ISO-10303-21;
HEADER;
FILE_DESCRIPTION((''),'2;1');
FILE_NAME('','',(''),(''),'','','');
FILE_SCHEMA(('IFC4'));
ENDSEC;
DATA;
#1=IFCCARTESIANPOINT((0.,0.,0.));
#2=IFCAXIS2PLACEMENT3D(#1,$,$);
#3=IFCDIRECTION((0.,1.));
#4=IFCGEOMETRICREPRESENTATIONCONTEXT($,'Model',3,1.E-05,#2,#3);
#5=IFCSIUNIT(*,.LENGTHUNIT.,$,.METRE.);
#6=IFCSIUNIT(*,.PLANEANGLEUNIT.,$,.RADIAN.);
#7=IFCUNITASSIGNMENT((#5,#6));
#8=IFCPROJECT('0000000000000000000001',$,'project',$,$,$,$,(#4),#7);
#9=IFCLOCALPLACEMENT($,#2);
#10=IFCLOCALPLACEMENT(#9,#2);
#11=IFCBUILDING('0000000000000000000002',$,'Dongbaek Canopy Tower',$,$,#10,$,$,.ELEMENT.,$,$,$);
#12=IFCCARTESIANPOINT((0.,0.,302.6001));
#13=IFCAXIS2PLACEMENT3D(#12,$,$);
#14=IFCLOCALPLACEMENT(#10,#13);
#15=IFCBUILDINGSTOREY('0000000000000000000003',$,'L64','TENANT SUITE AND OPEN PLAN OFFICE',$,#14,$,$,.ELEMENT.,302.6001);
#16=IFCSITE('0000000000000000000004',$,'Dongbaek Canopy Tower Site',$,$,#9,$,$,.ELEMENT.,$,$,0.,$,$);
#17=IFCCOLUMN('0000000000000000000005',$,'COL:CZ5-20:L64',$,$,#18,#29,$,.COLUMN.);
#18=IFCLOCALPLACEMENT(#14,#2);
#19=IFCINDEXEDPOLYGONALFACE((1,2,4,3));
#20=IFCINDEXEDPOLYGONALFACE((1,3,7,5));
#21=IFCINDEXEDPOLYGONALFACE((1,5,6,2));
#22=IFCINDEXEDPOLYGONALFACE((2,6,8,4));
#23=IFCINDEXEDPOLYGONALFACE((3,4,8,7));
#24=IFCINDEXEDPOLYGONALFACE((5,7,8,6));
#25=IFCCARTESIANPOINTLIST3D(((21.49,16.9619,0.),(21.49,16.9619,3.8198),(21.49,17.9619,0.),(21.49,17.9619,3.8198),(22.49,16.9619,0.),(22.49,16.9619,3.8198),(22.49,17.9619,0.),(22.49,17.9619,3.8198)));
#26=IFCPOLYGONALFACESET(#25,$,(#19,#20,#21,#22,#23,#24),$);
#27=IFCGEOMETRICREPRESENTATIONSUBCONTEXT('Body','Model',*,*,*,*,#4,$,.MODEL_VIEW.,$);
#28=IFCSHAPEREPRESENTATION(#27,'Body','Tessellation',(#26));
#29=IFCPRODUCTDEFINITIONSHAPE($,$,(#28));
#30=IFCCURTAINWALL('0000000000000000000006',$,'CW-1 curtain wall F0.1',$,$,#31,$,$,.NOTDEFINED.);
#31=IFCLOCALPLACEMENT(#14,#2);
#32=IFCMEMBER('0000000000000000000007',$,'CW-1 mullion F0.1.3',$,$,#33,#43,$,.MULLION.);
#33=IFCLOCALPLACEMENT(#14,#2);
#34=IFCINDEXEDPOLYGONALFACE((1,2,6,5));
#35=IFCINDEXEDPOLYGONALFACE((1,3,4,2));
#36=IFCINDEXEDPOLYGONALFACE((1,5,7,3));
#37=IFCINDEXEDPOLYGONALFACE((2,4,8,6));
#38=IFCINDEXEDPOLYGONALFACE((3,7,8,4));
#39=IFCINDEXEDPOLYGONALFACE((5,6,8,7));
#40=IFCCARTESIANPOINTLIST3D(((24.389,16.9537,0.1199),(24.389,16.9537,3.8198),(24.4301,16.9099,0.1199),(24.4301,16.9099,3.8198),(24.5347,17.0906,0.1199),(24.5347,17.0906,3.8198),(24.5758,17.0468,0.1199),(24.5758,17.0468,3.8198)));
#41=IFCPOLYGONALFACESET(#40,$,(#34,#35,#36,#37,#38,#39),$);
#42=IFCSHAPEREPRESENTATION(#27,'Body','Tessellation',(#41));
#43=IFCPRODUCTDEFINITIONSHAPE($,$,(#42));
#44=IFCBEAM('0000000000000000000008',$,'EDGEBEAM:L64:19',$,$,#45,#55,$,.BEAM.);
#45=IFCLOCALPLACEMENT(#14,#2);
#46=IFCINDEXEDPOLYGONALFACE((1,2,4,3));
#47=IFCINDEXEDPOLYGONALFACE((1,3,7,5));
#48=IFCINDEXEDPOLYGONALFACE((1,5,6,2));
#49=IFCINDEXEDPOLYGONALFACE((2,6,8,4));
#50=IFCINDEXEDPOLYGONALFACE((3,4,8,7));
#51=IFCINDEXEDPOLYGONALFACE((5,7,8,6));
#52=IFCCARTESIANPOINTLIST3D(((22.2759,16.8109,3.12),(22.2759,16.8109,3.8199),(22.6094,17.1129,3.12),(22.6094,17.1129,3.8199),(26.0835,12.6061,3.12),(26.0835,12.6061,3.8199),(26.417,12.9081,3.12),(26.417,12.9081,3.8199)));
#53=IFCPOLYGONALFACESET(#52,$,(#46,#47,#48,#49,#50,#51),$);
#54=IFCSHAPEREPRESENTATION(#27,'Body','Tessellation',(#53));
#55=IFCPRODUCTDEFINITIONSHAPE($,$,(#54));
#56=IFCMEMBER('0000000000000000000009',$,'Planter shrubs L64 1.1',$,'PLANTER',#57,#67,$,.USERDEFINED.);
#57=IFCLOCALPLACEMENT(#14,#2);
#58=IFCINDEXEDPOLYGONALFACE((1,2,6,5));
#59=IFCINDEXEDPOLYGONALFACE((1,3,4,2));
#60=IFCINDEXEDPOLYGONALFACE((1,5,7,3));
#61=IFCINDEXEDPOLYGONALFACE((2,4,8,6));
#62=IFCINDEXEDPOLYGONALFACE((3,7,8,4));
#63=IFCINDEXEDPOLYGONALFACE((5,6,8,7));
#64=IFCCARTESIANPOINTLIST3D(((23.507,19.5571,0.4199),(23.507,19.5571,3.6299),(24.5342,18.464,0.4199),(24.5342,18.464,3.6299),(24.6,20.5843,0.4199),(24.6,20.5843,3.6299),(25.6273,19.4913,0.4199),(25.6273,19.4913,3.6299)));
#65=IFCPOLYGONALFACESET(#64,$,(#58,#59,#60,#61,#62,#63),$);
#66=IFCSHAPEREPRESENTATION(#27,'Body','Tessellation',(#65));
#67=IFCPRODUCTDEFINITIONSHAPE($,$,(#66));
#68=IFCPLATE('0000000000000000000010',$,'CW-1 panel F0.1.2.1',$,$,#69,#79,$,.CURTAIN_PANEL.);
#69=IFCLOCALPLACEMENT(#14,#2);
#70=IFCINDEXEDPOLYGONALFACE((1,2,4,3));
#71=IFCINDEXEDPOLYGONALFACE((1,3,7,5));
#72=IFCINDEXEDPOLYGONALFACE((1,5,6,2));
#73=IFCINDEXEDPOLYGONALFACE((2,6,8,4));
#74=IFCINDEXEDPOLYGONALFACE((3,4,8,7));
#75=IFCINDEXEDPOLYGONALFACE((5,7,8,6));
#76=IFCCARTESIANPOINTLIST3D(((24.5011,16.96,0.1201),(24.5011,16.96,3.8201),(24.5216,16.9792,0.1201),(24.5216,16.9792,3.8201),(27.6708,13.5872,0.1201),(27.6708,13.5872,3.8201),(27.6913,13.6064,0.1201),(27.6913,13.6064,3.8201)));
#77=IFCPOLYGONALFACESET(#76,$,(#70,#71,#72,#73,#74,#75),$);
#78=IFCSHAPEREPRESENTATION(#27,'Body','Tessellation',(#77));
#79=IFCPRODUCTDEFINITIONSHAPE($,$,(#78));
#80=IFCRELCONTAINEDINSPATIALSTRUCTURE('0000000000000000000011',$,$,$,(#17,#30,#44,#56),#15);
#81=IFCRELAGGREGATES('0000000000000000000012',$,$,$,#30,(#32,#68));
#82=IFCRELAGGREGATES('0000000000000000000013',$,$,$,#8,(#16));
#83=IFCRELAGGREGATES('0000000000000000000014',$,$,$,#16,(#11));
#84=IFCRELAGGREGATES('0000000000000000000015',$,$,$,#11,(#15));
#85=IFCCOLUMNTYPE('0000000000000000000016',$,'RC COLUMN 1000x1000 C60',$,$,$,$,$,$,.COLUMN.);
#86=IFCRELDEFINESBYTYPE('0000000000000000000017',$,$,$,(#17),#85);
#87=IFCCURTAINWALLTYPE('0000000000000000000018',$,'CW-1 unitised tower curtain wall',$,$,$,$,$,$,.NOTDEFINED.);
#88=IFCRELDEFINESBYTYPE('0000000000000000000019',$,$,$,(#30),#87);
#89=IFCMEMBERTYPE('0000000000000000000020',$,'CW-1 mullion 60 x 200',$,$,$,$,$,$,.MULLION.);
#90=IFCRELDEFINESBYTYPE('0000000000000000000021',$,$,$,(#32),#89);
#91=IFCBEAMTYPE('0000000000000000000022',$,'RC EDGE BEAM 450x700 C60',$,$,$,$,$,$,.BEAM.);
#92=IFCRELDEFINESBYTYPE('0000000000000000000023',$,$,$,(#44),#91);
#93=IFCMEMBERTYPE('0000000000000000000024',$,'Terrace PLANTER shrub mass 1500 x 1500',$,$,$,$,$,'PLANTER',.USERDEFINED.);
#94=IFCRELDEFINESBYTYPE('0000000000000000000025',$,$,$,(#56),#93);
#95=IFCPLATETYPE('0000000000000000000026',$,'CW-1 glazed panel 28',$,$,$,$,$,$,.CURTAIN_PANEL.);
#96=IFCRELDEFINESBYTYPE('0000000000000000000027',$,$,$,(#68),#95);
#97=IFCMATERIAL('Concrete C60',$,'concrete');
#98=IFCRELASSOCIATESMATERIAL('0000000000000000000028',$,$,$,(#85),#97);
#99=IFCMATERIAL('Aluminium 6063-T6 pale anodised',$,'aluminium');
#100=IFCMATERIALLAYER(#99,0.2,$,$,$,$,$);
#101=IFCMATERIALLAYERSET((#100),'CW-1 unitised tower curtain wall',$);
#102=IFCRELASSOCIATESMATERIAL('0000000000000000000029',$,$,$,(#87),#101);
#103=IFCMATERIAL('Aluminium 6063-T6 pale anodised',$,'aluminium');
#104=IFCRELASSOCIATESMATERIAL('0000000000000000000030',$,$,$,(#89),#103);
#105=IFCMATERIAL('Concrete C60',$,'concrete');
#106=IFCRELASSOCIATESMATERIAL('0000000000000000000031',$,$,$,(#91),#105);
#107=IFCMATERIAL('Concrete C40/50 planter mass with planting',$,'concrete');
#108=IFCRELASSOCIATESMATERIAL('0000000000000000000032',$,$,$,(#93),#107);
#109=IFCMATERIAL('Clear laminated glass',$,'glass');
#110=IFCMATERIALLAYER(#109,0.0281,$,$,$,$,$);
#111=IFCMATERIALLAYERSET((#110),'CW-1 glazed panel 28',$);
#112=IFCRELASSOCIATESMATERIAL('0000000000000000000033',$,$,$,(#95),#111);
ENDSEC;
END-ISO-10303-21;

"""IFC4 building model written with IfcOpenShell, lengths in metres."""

from ifc_helpers import new_model, si_unit, direction, frame, origin, origin_2d, place, context, subcontext, project, spatial, rectangle, extrude, material, layer, layer_set, material_profile, profile_set, type_object, element, aggregate, save


model = new_model("IFC4")

# Units and contexts
model_context = context("Model", 3, precision=1e-05, world=origin(), true_north=direction((0.0, 1.0)))
body_context = subcontext(model_context, "Body", "Model", "MODEL_VIEW")
ifc_project = project(units=[si_unit("LENGTHUNIT", "METRE"), si_unit("PLANEANGLEUNIT", "RADIAN")], contexts=[model_context])

# Site, building, storey
site_placement = place(None, origin())
site = spatial("IfcSite", under=ifc_project, at=site_placement, Name="Dongbaek Canopy Tower Site", CompositionType="ELEMENT", RefElevation=0.0)
building_placement = place(site_placement, origin())
building = spatial("IfcBuilding", under=site, at=building_placement, Name="Dongbaek Canopy Tower", CompositionType="ELEMENT")
storey_placement = place(building_placement, frame((0.0, 0.0, 302.6001)))
storey = spatial("IfcBuildingStorey", under=building, at=storey_placement, Name="L64", Description="TENANT SUITE AND OPEN PLAN OFFICE", CompositionType="ELEMENT", Elevation=302.6001)

# Column
ifc_material_1 = material(Name="Concrete C60", Category="concrete")
ifc_material_profile_1 = material_profile(ifc_material_1, rectangle(XDim=1.0, YDim=1.0, at=origin_2d()), Name="RC COLUMN 1000x1000 C60")
ifc_profile_set_1 = profile_set([ifc_material_profile_1], Name="Concrete C60")
column_type = type_object("IfcColumnType", Name="RC COLUMN 1000x1000 C60", PredefinedType="COLUMN", material=ifc_profile_set_1)
column_placement = place(storey_placement, frame((21.99, 17.4619, 0.0), z_axis=(0.0, 0.0, 1.0), x_axis=(1.0, 0.0, 0.0)))
element("IfcColumn", 1, at=column_placement, inside=storey, type_object=column_type, Name="COL:CZ5-20:L64", PredefinedType="COLUMN", context=body_context, shape_type="SweptSolid", body=[
    extrude(rectangle(XDim=1.0, YDim=1.0, at=origin_2d()), origin(), (0.0, 0.0, 1.0), 3.8198),
])

# Curtain wall, member
ifc_material_2 = material(Name="Aluminium 6063-T6 pale anodised", Category="aluminium")
ifc_layer_1 = layer(ifc_material_2, 0.2)
ifc_layer_set_1 = layer_set([ifc_layer_1], Name="CW-1 unitised tower curtain wall")
curtain_wall_type = type_object("IfcCurtainWallType", Name="CW-1 unitised tower curtain wall", PredefinedType="NOTDEFINED", material=ifc_layer_set_1)
curtain_wall_placement = place(storey_placement, origin())
curtain_wall = element("IfcCurtainWall", 2, at=curtain_wall_placement, inside=storey, type_object=curtain_wall_type, Name="CW-1 curtain wall F0.1", PredefinedType="NOTDEFINED")
ifc_material_3 = material(Name="Aluminium 6063-T6 pale anodised", Category="aluminium")
ifc_material_profile_2 = material_profile(ifc_material_3, rectangle(XDim=0.2, YDim=0.0601, at=origin_2d()), Name="CW-1 mullion 60 x 200")
ifc_profile_set_2 = profile_set([ifc_material_profile_2], Name="Aluminium 6063-T6 pale anodised")
member_type_1 = type_object("IfcMemberType", Name="CW-1 mullion 60 x 200", PredefinedType="MULLION", material=ifc_profile_set_2)
member_1_placement = place(storey_placement, frame((24.4824, 17.0002, 0.1199), z_axis=(0.0, 0.0, 1.0), x_axis=(0.728702, 0.684831, 0.0)))
member_1 = element("IfcMember", 3, at=member_1_placement, type_object=member_type_1, Name="CW-1 mullion F0.1.3", PredefinedType="MULLION", context=body_context, shape_type="SweptSolid", body=[
    extrude(rectangle(XDim=0.2, YDim=0.0601, at=origin_2d()), origin(), (0.0, 0.0, 1.0), 3.7),
])

# Beam
ifc_material_4 = material(Name="Concrete C60", Category="concrete")
ifc_material_profile_3 = material_profile(ifc_material_4, rectangle(XDim=0.45, YDim=0.7, at=origin_2d()), Name="RC EDGE BEAM 450x700 C60")
ifc_profile_set_3 = profile_set([ifc_material_profile_3], Name="Concrete C60")
beam_type = type_object("IfcBeamType", Name="RC EDGE BEAM 450x700 C60", PredefinedType="BEAM", material=ifc_profile_set_3)
beam_placement = place(storey_placement, frame((22.4426, 16.9619, 3.47), z_axis=(0.671228, -0.741251, 0.0), x_axis=(0.741251, 0.671228, 0.0)))
element("IfcBeam", 4, at=beam_placement, inside=storey, type_object=beam_type, Name="EDGEBEAM:L64:19", PredefinedType="BEAM", context=body_context, shape_type="SweptSolid", body=[
    extrude(rectangle(XDim=0.45, YDim=0.7, at=origin_2d()), origin(), (0.0, 0.0, 1.0), 5.6726),
])

# Member
ifc_material_5 = material(Name="Concrete C40/50 planter mass with planting", Category="concrete")
ifc_material_profile_4 = material_profile(ifc_material_5, rectangle(XDim=1.5, YDim=1.5, at=origin_2d()), Name="Terrace PLANTER shrub mass 1500 x 1500")
ifc_profile_set_4 = profile_set([ifc_material_profile_4], Name="Concrete C40/50 planter mass with planting")
member_type_2 = type_object("IfcMemberType", Name="Terrace PLANTER shrub mass 1500 x 1500", ElementType="PLANTER", PredefinedType="USERDEFINED", material=ifc_profile_set_4)
member_2_placement = place(storey_placement, frame((24.5671, 19.5242, 0.4199), z_axis=(0.0, 0.0, 1.0), x_axis=(0.728702, 0.684831, 0.0)))
element("IfcMember", 5, at=member_2_placement, inside=storey, type_object=member_type_2, Name="Planter shrubs L64 1.1", ObjectType="PLANTER", PredefinedType="USERDEFINED", context=body_context, shape_type="SweptSolid", body=[
    extrude(rectangle(XDim=1.5, YDim=1.5, at=origin_2d()), origin(), (0.0, 0.0, 1.0), 3.21),
])

# Plate
ifc_material_6 = material(Name="Clear laminated glass", Category="glass")
ifc_layer_2 = layer(ifc_material_6, 0.0281)
ifc_layer_set_2 = layer_set([ifc_layer_2], Name="CW-1 glazed panel 28")
plate_type = type_object("IfcPlateType", Name="CW-1 glazed panel 28", PredefinedType="CURTAIN_PANEL", material=ifc_layer_set_2)
plate_placement = place(storey_placement, frame((26.0962, 15.2832, 0.1201), z_axis=(0.0, 0.0, 1.0), x_axis=(-0.684831, 0.728702, 0.0)))
plate = element("IfcPlate", 6, at=plate_placement, type_object=plate_type, Name="CW-1 panel F0.1.2.1", PredefinedType="CURTAIN_PANEL", context=body_context, shape_type="SweptSolid", body=[
    extrude(rectangle(XDim=4.6284, YDim=0.0281, at=origin_2d()), origin(), (0.0, 0.0, 1.0), 3.7),
])
aggregate(curtain_wall, [member_1, plate])

save(model, "model.ifc")
